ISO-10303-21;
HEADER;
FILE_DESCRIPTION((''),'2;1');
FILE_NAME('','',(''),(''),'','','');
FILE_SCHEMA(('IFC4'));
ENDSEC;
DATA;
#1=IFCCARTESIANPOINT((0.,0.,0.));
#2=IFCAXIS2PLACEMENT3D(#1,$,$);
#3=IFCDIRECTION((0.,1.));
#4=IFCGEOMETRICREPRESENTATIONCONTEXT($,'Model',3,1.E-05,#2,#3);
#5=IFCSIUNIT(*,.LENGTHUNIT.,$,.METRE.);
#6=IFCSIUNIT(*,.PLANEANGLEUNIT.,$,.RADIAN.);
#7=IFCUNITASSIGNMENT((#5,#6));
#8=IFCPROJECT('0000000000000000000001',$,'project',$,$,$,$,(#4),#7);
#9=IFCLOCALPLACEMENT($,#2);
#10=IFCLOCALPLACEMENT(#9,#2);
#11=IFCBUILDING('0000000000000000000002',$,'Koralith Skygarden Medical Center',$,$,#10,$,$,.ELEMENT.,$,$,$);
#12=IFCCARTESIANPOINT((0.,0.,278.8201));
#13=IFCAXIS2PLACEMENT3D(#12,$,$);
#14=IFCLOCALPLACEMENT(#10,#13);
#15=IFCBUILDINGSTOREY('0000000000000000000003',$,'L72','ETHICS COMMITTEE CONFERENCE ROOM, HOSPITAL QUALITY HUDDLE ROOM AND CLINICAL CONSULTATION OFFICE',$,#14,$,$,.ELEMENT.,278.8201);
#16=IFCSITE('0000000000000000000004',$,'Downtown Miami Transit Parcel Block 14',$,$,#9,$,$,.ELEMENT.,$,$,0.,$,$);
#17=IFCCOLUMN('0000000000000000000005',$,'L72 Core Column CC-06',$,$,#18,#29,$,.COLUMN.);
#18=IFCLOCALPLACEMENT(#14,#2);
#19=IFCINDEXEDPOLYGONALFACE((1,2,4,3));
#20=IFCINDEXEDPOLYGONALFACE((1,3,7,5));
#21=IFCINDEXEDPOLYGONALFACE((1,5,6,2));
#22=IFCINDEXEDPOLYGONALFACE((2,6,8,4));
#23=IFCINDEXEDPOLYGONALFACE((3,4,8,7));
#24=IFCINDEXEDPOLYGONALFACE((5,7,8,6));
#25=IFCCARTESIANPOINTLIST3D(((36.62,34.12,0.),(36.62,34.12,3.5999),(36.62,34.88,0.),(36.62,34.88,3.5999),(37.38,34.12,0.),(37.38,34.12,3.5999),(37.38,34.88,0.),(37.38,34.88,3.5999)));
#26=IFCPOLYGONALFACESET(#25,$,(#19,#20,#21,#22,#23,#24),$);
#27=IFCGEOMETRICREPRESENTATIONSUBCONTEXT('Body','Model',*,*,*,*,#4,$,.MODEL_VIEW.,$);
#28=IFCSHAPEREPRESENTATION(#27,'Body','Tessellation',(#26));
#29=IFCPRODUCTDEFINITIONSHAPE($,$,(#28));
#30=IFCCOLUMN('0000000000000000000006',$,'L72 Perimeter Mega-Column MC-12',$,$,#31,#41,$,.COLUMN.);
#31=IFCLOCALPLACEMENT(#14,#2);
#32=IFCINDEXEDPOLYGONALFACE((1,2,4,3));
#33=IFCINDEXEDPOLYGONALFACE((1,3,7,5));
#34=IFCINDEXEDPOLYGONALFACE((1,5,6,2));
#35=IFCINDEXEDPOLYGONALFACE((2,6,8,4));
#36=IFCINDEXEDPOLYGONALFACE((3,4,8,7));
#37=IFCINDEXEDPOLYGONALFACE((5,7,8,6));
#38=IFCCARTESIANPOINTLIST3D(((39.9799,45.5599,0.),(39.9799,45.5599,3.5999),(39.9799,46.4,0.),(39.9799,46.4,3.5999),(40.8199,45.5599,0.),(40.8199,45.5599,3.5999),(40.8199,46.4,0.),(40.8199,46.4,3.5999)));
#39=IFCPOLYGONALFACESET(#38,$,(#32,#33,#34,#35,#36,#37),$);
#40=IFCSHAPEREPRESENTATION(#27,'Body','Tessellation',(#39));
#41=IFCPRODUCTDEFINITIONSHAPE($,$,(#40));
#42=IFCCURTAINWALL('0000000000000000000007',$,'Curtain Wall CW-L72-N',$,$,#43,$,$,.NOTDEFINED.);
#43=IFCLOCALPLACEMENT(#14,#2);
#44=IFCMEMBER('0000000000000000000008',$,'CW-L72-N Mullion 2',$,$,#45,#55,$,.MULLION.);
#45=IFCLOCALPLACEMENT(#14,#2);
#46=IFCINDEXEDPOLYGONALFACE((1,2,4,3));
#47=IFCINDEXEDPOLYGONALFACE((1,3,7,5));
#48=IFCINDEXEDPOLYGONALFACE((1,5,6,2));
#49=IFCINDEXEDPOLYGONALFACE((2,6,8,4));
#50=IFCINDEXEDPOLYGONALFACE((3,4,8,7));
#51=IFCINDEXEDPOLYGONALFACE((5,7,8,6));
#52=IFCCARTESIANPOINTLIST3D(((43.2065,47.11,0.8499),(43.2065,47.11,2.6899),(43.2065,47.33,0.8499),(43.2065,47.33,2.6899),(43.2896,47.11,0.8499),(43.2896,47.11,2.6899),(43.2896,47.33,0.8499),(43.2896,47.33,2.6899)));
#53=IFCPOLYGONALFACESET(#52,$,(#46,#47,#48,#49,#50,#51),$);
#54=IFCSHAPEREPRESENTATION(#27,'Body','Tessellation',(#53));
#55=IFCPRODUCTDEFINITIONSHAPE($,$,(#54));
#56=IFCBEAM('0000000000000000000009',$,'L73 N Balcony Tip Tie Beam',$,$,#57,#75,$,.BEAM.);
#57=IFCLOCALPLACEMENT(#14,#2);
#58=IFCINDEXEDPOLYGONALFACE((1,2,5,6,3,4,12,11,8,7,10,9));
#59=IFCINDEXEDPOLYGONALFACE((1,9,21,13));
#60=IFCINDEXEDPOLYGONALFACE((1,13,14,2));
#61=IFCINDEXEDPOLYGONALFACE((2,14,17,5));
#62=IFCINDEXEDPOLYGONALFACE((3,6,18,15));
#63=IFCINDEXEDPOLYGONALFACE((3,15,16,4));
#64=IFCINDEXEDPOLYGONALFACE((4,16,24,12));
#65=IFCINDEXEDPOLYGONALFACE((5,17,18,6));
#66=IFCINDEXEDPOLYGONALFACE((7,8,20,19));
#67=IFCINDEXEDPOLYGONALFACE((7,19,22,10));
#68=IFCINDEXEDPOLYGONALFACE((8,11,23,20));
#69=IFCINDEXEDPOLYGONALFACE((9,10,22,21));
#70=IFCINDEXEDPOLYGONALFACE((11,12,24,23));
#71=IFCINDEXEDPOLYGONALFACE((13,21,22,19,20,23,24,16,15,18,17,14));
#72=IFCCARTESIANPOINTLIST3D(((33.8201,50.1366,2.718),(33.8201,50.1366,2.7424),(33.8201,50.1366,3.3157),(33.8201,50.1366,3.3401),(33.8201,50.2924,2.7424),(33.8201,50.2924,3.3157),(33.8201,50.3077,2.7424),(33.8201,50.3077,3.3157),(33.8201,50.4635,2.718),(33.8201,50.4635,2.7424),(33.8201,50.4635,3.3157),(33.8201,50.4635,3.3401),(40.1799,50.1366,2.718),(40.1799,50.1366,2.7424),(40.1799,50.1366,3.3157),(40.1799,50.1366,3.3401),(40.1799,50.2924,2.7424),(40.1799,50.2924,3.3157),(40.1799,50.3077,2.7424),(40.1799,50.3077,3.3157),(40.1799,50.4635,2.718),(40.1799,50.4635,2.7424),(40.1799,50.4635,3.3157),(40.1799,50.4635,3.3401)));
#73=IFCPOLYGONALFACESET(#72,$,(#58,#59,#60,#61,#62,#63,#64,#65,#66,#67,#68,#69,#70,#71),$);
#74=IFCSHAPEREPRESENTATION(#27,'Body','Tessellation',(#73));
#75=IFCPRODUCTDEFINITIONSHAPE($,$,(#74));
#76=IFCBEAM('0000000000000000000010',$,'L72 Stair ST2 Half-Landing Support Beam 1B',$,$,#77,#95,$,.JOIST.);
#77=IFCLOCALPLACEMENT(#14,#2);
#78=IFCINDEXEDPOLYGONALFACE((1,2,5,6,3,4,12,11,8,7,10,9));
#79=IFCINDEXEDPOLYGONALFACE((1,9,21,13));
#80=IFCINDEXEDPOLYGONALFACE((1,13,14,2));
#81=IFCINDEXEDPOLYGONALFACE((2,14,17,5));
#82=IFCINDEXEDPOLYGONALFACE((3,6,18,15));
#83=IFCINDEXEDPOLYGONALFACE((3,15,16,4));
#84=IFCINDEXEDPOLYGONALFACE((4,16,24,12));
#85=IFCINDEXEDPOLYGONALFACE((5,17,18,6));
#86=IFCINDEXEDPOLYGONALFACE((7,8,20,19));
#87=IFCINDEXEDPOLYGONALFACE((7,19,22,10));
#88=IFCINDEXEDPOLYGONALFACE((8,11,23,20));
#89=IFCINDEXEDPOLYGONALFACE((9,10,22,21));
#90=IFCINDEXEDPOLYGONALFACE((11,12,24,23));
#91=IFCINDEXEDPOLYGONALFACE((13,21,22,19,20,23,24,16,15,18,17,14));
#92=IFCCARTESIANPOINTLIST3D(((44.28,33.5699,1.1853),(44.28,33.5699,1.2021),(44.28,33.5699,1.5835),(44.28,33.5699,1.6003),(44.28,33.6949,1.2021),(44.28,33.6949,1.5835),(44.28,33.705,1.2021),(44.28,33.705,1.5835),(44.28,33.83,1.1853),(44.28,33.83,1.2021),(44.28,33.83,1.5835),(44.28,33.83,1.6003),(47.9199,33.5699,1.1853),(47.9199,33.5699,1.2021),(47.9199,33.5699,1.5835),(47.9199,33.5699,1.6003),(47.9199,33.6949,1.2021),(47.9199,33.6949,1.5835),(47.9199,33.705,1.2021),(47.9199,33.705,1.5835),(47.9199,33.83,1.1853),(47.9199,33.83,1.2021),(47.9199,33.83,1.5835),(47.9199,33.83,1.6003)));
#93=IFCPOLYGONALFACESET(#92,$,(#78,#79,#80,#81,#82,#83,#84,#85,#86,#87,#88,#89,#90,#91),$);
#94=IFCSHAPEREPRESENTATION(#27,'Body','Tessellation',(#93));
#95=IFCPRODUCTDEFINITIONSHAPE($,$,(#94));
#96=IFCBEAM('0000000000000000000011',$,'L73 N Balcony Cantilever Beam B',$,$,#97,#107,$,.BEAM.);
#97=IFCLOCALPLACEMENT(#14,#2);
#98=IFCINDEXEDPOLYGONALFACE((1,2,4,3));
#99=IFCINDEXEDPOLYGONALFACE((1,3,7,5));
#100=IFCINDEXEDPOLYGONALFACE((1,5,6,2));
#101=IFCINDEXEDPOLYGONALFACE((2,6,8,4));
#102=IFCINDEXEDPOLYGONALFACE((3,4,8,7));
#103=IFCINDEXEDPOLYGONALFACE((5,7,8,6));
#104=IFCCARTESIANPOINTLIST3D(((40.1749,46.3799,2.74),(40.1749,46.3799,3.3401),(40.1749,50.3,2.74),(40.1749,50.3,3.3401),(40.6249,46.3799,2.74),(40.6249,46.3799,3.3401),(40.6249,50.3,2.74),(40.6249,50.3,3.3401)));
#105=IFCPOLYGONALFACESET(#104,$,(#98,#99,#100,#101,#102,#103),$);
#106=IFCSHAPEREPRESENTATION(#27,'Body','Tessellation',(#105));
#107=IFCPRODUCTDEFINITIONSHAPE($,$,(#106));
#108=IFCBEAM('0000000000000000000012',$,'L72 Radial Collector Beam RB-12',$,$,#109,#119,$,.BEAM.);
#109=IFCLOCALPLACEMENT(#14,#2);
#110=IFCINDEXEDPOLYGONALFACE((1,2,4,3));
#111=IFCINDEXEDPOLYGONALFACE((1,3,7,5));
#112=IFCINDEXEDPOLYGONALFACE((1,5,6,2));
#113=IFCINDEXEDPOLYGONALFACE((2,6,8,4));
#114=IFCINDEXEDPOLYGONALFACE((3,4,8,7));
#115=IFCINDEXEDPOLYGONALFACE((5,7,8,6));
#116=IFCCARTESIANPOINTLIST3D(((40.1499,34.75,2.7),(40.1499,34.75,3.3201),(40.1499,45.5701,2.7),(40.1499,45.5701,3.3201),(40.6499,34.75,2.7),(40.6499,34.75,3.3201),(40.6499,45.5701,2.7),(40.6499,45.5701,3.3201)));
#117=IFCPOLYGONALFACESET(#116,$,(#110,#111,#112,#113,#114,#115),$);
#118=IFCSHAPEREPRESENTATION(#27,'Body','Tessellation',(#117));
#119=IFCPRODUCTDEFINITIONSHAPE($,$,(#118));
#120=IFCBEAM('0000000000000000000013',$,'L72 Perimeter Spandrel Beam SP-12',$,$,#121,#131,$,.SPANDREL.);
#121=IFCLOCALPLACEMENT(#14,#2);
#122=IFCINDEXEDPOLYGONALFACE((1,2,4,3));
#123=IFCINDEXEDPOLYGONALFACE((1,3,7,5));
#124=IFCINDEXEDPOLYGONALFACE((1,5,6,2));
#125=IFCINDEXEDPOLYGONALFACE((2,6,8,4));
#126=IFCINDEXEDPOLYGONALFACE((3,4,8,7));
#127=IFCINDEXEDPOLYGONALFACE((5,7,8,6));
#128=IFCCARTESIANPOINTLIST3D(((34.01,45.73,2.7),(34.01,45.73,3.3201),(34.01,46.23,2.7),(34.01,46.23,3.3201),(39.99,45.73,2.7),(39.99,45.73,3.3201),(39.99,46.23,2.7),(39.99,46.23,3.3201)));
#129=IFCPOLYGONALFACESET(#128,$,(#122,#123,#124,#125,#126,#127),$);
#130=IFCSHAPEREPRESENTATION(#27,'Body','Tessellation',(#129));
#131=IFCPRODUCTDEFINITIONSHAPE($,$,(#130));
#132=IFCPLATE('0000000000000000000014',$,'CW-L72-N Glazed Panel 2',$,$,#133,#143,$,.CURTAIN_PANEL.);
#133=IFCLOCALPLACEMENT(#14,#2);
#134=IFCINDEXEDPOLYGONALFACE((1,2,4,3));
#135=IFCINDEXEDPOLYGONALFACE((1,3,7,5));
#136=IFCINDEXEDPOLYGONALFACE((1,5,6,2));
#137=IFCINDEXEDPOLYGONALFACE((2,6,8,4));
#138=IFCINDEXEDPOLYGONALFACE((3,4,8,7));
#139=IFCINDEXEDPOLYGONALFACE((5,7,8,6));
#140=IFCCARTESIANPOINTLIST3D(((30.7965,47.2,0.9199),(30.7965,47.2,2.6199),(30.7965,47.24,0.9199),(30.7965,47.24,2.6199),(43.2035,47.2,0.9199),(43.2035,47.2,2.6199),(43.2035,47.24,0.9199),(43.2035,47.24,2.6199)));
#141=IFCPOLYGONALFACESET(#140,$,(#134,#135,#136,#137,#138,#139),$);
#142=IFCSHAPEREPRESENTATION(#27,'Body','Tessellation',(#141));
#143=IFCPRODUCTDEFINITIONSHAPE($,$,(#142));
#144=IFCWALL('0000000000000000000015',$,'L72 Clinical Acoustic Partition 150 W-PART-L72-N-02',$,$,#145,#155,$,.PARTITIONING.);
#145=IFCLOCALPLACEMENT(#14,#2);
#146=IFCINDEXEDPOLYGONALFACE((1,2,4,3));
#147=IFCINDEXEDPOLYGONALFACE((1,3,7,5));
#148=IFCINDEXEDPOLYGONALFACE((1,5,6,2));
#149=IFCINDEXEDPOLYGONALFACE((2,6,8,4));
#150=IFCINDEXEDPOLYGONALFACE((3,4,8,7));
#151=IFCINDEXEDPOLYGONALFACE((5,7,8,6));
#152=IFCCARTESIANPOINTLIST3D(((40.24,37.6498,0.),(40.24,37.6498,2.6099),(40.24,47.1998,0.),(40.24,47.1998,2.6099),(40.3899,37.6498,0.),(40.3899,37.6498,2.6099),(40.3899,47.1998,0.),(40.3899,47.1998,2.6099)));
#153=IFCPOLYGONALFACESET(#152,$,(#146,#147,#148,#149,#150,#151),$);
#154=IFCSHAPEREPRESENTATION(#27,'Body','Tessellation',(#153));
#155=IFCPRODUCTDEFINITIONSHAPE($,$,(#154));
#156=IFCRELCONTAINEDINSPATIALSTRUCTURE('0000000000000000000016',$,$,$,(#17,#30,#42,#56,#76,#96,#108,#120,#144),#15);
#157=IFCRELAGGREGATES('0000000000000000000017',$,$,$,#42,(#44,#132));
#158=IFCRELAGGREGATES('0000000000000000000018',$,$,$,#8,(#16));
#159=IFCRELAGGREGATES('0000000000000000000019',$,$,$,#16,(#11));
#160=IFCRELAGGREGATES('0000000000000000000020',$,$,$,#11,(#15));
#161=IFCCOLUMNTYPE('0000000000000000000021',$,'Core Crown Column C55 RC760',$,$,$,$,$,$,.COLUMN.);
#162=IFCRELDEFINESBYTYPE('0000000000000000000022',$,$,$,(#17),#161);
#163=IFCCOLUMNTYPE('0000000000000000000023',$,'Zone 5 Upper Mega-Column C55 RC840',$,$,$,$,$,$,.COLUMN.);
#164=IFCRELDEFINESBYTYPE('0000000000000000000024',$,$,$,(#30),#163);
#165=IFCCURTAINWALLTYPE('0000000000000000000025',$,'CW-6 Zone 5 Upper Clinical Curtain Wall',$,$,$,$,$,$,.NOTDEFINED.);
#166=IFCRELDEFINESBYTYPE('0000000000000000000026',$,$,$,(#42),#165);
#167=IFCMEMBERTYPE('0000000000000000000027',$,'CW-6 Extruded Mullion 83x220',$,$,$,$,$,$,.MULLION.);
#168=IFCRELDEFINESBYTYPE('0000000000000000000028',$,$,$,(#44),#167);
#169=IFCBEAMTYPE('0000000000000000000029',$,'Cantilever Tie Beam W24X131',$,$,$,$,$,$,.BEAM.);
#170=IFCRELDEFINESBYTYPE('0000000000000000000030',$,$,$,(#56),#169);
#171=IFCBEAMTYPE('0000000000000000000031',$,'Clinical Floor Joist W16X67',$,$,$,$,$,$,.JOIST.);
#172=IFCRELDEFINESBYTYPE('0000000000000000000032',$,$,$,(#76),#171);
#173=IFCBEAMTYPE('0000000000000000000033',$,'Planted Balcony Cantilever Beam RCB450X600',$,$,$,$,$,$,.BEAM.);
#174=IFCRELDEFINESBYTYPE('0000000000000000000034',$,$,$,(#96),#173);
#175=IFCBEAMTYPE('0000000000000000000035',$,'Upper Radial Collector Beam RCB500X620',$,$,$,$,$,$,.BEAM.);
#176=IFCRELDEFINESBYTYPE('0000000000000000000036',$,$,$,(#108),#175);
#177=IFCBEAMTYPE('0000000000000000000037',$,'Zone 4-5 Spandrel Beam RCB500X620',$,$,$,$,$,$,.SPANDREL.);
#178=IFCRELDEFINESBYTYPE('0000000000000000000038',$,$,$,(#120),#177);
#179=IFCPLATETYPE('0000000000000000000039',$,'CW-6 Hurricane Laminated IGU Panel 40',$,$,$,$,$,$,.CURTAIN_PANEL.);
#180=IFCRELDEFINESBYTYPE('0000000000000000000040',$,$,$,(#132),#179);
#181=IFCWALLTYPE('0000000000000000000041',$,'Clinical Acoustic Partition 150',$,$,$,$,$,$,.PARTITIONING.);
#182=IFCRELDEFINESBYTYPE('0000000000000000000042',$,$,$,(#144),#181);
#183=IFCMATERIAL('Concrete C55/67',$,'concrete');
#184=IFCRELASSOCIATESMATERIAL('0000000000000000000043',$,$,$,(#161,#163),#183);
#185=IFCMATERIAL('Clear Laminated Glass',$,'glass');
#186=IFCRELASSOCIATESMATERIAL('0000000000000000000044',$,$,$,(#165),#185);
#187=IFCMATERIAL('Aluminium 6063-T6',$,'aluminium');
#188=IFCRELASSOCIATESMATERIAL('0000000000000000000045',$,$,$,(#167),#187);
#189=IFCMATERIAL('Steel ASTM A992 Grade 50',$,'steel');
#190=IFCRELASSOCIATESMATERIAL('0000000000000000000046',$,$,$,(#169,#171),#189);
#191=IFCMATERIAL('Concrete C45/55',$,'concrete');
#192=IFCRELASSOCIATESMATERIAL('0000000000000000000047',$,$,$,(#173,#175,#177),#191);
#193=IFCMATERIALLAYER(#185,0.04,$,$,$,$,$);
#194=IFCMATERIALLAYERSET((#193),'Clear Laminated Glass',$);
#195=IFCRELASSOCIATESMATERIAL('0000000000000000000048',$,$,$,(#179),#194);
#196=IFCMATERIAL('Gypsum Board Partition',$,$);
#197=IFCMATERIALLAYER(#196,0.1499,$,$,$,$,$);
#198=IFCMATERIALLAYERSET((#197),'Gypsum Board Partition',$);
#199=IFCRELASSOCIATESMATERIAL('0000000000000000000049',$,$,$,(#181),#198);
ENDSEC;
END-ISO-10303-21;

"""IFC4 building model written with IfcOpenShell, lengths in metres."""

from ifc_helpers import new_model, si_unit, direction, frame, frame_2d, origin, origin_2d, place, context, subcontext, project, spatial, rectangle, i_section, extrude, material, layer, layer_set, material_profile, profile_set, type_object, element, aggregate, save


model = new_model("IFC4")

# Units and contexts
model_context = context("Model", 3, precision=1e-05, world=origin(), true_north=direction((0.0, 1.0)))
body_context = subcontext(model_context, "Body", "Model", "MODEL_VIEW")
ifc_project = project(units=[si_unit("LENGTHUNIT", "METRE"), si_unit("PLANEANGLEUNIT", "RADIAN")], contexts=[model_context])

# Site, building, storey
site_placement = place(None, origin())
site = spatial("IfcSite", under=ifc_project, at=site_placement, Name="Downtown Miami Transit Parcel Block 14", CompositionType="ELEMENT", RefElevation=0.0)
building_placement = place(site_placement, origin())
building = spatial("IfcBuilding", under=site, at=building_placement, Name="Koralith Skygarden Medical Center", CompositionType="ELEMENT")
storey_placement = place(building_placement, frame((0.0, 0.0, 278.8201)))
storey = spatial("IfcBuildingStorey", under=building, at=storey_placement, Name="L72", Description="ETHICS COMMITTEE CONFERENCE ROOM, HOSPITAL QUALITY HUDDLE ROOM AND CLINICAL CONSULTATION OFFICE", CompositionType="ELEMENT", Elevation=278.8201)

# Columns
ifc_material_1 = material(Name="Concrete C55/67", Category="concrete")
ifc_material_profile_1 = material_profile(ifc_material_1, rectangle(XDim=0.76, YDim=0.76, at=origin_2d()), Name="RC760X760")
ifc_profile_set_1 = profile_set([ifc_material_profile_1], Name="Concrete C55/67")
column_type_1 = type_object("IfcColumnType", Name="Core Crown Column C55 RC760", PredefinedType="COLUMN", material=ifc_profile_set_1)
column_1_placement = place(storey_placement, frame((37.0, 34.5, 0.0), z_axis=(0.0, 0.0, 1.0), x_axis=(1.0, 0.0, 0.0)))
element("IfcColumn", 1, at=column_1_placement, inside=storey, type_object=column_type_1, Name="L72 Core Column CC-06", PredefinedType="COLUMN", context=body_context, shape_type="SweptSolid", body=[
    extrude(rectangle(XDim=0.76, YDim=0.76, at=origin_2d()), origin(), (0.0, 0.0, 1.0), 3.5999),
])
ifc_material_profile_2 = material_profile(ifc_material_1, rectangle(XDim=0.8401, YDim=0.8401, at=origin_2d()), Name="RC840X840")
ifc_profile_set_2 = profile_set([ifc_material_profile_2], Name="Concrete C55/67")
column_type_2 = type_object("IfcColumnType", Name="Zone 5 Upper Mega-Column C55 RC840", PredefinedType="COLUMN", material=ifc_profile_set_2)
column_2_placement = place(storey_placement, frame((40.3999, 45.98, 0.0), z_axis=(0.0, 0.0, 1.0), x_axis=(1.0, 0.0, 0.0)))
element("IfcColumn", 2, at=column_2_placement, inside=storey, type_object=column_type_2, Name="L72 Perimeter Mega-Column MC-12", PredefinedType="COLUMN", context=body_context, shape_type="SweptSolid", body=[
    extrude(rectangle(XDim=0.8401, YDim=0.8401, at=origin_2d()), origin(), (0.0, 0.0, 1.0), 3.5999),
])

# Curtain wall, member
ifc_material_2 = material(Name="Clear Laminated Glass", Category="glass")
curtain_wall_type = type_object("IfcCurtainWallType", Name="CW-6 Zone 5 Upper Clinical Curtain Wall", PredefinedType="NOTDEFINED", material=ifc_material_2)
curtain_wall_placement = place(storey_placement, origin())
curtain_wall = element("IfcCurtainWall", 3, at=curtain_wall_placement, inside=storey, type_object=curtain_wall_type, Name="Curtain Wall CW-L72-N", PredefinedType="NOTDEFINED")
ifc_material_3 = material(Name="Aluminium 6063-T6", Category="aluminium")
ifc_material_profile_3 = material_profile(ifc_material_3, rectangle(XDim=0.083, YDim=0.22, at=origin_2d()), Name="MUL83X220")
ifc_profile_set_3 = profile_set([ifc_material_profile_3], Name="Aluminium 6063-T6")
member_type = type_object("IfcMemberType", Name="CW-6 Extruded Mullion 83x220", PredefinedType="MULLION", material=ifc_profile_set_3)
member_placement = place(storey_placement, frame((43.248, 47.22, 0.8499), z_axis=(0.0, 0.0, 1.0), x_axis=(1.0, 0.0, 0.0)))
member = element("IfcMember", 4, at=member_placement, type_object=member_type, Name="CW-L72-N Mullion 2", PredefinedType="MULLION", context=body_context, shape_type="SweptSolid", body=[
    extrude(rectangle(XDim=0.083, YDim=0.22, at=origin_2d()), origin(), (0.0, 0.0, 1.0), 1.8401),
])

# Beams
ifc_material_4 = material(Name="Steel ASTM A992 Grade 50", Category="steel")
ifc_material_profile_4 = material_profile(ifc_material_4, i_section(OverallWidth=0.3269, OverallDepth=0.6221, WebThickness=0.0154, FlangeThickness=0.0244, at=origin_2d()), Name="W24X131")
ifc_profile_set_4 = profile_set([ifc_material_profile_4], Name="Steel ASTM A992 Grade 50")
beam_type_1 = type_object("IfcBeamType", Name="Cantilever Tie Beam W24X131", PredefinedType="BEAM", material=ifc_profile_set_4)
beam_1_placement = place(storey_placement, frame((33.8201, 50.3, 3.0291), z_axis=(1.0, 0.0, 0.0), x_axis=(0.0, 1.0, 0.0)))
element("IfcBeam", 5, at=beam_1_placement, inside=storey, type_object=beam_type_1, Name="L73 N Balcony Tip Tie Beam", PredefinedType="BEAM", context=body_context, shape_type="SweptSolid", body=[
    extrude(i_section(OverallWidth=0.3269, OverallDepth=0.6221, WebThickness=0.0154, FlangeThickness=0.0244, at=origin_2d()), origin(), (0.0, 0.0, 1.0), 6.3599),
])
ifc_material_profile_5 = material_profile(ifc_material_4, i_section(OverallWidth=0.26, OverallDepth=0.415, WebThickness=0.01, FlangeThickness=0.0168, at=origin_2d()), Name="W16X67")
ifc_profile_set_5 = profile_set([ifc_material_profile_5], Name="Steel ASTM A992 Grade 50")
beam_type_2 = type_object("IfcBeamType", Name="Clinical Floor Joist W16X67", PredefinedType="JOIST", material=ifc_profile_set_5)
beam_2_placement = place(storey_placement, frame((44.28, 33.7, 1.3928), z_axis=(1.0, 0.0, 0.0), x_axis=(0.0, 1.0, 0.0)))
element("IfcBeam", 6, at=beam_2_placement, inside=storey, type_object=beam_type_2, Name="L72 Stair ST2 Half-Landing Support Beam 1B", PredefinedType="JOIST", context=body_context, shape_type="SweptSolid", body=[
    extrude(i_section(OverallWidth=0.26, OverallDepth=0.415, WebThickness=0.01, FlangeThickness=0.0168, at=origin_2d()), origin(), (0.0, 0.0, 1.0), 3.6399),
])
ifc_material_5 = material(Name="Concrete C45/55", Category="concrete")
ifc_material_profile_6 = material_profile(ifc_material_5, rectangle(XDim=0.45, YDim=0.6001, at=origin_2d()), Name="RCB450X600")
ifc_profile_set_6 = profile_set([ifc_material_profile_6], Name="Concrete C45/55")
beam_type_3 = type_object("IfcBeamType", Name="Planted Balcony Cantilever Beam RCB450X600", PredefinedType="BEAM", material=ifc_profile_set_6)
beam_3_placement = place(storey_placement, frame((40.3999, 46.3799, 3.04), z_axis=(0.0, 1.0, 0.0), x_axis=(-1.0, 0.0, 0.0)))
element("IfcBeam", 7, at=beam_3_placement, inside=storey, type_object=beam_type_3, Name="L73 N Balcony Cantilever Beam B", PredefinedType="BEAM", context=body_context, shape_type="SweptSolid", body=[
    extrude(rectangle(XDim=0.45, YDim=0.6001, at=origin_2d()), origin(), (0.0, 0.0, 1.0), 3.9202),
])
ifc_material_profile_7 = material_profile(ifc_material_5, rectangle(XDim=0.5, YDim=0.6201, at=origin_2d()), Name="RCB500X620")
ifc_profile_set_7 = profile_set([ifc_material_profile_7], Name="Concrete C45/55")
beam_type_4 = type_object("IfcBeamType", Name="Upper Radial Collector Beam RCB500X620", PredefinedType="BEAM", material=ifc_profile_set_7)
beam_4_placement = place(storey_placement, frame((40.3999, 34.75, 3.01), z_axis=(0.0, 1.0, 0.0), x_axis=(-1.0, 0.0, 0.0)))
element("IfcBeam", 8, at=beam_4_placement, inside=storey, type_object=beam_type_4, Name="L72 Radial Collector Beam RB-12", PredefinedType="BEAM", context=body_context, shape_type="SweptSolid", body=[
    extrude(rectangle(XDim=0.5, YDim=0.6201, at=origin_2d()), origin(), (0.0, 0.0, 1.0), 10.8201),
])
ifc_material_profile_8 = material_profile(ifc_material_5, rectangle(XDim=0.5, YDim=0.6201, at=origin_2d()), Name="RCB500X620")
ifc_profile_set_8 = profile_set([ifc_material_profile_8], Name="Concrete C45/55")
beam_type_5 = type_object("IfcBeamType", Name="Zone 4-5 Spandrel Beam RCB500X620", PredefinedType="SPANDREL", material=ifc_profile_set_8)
beam_5_placement = place(storey_placement, frame((39.99, 45.98, 3.01), z_axis=(-1.0, 0.0, 0.0), x_axis=(0.0, -1.0, 0.0)))
element("IfcBeam", 9, at=beam_5_placement, inside=storey, type_object=beam_type_5, Name="L72 Perimeter Spandrel Beam SP-12", PredefinedType="SPANDREL", context=body_context, shape_type="SweptSolid", body=[
    extrude(rectangle(XDim=0.5, YDim=0.6201, at=origin_2d()), origin(), (0.0, 0.0, 1.0), 5.98),
])

# Plate
ifc_layer_1 = layer(ifc_material_2, 0.04)
ifc_layer_set_1 = layer_set([ifc_layer_1], Name="Clear Laminated Glass")
plate_type = type_object("IfcPlateType", Name="CW-6 Hurricane Laminated IGU Panel 40", PredefinedType="CURTAIN_PANEL", material=ifc_layer_set_1)
plate_placement = place(storey_placement, frame((37.0, 47.22, 0.9199), z_axis=(0.0, 0.0, 1.0), x_axis=(-1.0, 0.0, 0.0)))
plate = element("IfcPlate", 10, at=plate_placement, type_object=plate_type, Name="CW-L72-N Glazed Panel 2", PredefinedType="CURTAIN_PANEL", context=body_context, shape_type="SweptSolid", body=[
    extrude(rectangle(XDim=12.407, YDim=0.04, at=origin_2d()), origin(), (0.0, 0.0, 1.0), 1.7),
])
aggregate(curtain_wall, [member, plate])

# Wall
ifc_material_6 = material(Name="Gypsum Board Partition")
ifc_layer_2 = layer(ifc_material_6, 0.1499)
ifc_layer_set_2 = layer_set([ifc_layer_2], Name="Gypsum Board Partition")
wall_type_1 = type_object("IfcWallType", Name="Clinical Acoustic Partition 150", PredefinedType="PARTITIONING", material=ifc_layer_set_2)
wall_1_placement = place(storey_placement, frame((40.3149, 37.6499, 0.0), z_axis=(0.0, 0.0, 1.0), x_axis=(0.0, 1.0, 0.0)))
element("IfcWall", 11, at=wall_1_placement, inside=storey, type_object=wall_type_1, Name="L72 Clinical Acoustic Partition 150 W-PART-L72-N-02", PredefinedType="PARTITIONING", context=body_context, shape_type="SweptSolid", body=[
    extrude(rectangle(XDim=9.55, YDim=0.1499, at=frame_2d((4.7749, 0.0))), origin(), (0.0, 0.0, 1.0), 2.6099),
])

save(model, "model.ifc")
